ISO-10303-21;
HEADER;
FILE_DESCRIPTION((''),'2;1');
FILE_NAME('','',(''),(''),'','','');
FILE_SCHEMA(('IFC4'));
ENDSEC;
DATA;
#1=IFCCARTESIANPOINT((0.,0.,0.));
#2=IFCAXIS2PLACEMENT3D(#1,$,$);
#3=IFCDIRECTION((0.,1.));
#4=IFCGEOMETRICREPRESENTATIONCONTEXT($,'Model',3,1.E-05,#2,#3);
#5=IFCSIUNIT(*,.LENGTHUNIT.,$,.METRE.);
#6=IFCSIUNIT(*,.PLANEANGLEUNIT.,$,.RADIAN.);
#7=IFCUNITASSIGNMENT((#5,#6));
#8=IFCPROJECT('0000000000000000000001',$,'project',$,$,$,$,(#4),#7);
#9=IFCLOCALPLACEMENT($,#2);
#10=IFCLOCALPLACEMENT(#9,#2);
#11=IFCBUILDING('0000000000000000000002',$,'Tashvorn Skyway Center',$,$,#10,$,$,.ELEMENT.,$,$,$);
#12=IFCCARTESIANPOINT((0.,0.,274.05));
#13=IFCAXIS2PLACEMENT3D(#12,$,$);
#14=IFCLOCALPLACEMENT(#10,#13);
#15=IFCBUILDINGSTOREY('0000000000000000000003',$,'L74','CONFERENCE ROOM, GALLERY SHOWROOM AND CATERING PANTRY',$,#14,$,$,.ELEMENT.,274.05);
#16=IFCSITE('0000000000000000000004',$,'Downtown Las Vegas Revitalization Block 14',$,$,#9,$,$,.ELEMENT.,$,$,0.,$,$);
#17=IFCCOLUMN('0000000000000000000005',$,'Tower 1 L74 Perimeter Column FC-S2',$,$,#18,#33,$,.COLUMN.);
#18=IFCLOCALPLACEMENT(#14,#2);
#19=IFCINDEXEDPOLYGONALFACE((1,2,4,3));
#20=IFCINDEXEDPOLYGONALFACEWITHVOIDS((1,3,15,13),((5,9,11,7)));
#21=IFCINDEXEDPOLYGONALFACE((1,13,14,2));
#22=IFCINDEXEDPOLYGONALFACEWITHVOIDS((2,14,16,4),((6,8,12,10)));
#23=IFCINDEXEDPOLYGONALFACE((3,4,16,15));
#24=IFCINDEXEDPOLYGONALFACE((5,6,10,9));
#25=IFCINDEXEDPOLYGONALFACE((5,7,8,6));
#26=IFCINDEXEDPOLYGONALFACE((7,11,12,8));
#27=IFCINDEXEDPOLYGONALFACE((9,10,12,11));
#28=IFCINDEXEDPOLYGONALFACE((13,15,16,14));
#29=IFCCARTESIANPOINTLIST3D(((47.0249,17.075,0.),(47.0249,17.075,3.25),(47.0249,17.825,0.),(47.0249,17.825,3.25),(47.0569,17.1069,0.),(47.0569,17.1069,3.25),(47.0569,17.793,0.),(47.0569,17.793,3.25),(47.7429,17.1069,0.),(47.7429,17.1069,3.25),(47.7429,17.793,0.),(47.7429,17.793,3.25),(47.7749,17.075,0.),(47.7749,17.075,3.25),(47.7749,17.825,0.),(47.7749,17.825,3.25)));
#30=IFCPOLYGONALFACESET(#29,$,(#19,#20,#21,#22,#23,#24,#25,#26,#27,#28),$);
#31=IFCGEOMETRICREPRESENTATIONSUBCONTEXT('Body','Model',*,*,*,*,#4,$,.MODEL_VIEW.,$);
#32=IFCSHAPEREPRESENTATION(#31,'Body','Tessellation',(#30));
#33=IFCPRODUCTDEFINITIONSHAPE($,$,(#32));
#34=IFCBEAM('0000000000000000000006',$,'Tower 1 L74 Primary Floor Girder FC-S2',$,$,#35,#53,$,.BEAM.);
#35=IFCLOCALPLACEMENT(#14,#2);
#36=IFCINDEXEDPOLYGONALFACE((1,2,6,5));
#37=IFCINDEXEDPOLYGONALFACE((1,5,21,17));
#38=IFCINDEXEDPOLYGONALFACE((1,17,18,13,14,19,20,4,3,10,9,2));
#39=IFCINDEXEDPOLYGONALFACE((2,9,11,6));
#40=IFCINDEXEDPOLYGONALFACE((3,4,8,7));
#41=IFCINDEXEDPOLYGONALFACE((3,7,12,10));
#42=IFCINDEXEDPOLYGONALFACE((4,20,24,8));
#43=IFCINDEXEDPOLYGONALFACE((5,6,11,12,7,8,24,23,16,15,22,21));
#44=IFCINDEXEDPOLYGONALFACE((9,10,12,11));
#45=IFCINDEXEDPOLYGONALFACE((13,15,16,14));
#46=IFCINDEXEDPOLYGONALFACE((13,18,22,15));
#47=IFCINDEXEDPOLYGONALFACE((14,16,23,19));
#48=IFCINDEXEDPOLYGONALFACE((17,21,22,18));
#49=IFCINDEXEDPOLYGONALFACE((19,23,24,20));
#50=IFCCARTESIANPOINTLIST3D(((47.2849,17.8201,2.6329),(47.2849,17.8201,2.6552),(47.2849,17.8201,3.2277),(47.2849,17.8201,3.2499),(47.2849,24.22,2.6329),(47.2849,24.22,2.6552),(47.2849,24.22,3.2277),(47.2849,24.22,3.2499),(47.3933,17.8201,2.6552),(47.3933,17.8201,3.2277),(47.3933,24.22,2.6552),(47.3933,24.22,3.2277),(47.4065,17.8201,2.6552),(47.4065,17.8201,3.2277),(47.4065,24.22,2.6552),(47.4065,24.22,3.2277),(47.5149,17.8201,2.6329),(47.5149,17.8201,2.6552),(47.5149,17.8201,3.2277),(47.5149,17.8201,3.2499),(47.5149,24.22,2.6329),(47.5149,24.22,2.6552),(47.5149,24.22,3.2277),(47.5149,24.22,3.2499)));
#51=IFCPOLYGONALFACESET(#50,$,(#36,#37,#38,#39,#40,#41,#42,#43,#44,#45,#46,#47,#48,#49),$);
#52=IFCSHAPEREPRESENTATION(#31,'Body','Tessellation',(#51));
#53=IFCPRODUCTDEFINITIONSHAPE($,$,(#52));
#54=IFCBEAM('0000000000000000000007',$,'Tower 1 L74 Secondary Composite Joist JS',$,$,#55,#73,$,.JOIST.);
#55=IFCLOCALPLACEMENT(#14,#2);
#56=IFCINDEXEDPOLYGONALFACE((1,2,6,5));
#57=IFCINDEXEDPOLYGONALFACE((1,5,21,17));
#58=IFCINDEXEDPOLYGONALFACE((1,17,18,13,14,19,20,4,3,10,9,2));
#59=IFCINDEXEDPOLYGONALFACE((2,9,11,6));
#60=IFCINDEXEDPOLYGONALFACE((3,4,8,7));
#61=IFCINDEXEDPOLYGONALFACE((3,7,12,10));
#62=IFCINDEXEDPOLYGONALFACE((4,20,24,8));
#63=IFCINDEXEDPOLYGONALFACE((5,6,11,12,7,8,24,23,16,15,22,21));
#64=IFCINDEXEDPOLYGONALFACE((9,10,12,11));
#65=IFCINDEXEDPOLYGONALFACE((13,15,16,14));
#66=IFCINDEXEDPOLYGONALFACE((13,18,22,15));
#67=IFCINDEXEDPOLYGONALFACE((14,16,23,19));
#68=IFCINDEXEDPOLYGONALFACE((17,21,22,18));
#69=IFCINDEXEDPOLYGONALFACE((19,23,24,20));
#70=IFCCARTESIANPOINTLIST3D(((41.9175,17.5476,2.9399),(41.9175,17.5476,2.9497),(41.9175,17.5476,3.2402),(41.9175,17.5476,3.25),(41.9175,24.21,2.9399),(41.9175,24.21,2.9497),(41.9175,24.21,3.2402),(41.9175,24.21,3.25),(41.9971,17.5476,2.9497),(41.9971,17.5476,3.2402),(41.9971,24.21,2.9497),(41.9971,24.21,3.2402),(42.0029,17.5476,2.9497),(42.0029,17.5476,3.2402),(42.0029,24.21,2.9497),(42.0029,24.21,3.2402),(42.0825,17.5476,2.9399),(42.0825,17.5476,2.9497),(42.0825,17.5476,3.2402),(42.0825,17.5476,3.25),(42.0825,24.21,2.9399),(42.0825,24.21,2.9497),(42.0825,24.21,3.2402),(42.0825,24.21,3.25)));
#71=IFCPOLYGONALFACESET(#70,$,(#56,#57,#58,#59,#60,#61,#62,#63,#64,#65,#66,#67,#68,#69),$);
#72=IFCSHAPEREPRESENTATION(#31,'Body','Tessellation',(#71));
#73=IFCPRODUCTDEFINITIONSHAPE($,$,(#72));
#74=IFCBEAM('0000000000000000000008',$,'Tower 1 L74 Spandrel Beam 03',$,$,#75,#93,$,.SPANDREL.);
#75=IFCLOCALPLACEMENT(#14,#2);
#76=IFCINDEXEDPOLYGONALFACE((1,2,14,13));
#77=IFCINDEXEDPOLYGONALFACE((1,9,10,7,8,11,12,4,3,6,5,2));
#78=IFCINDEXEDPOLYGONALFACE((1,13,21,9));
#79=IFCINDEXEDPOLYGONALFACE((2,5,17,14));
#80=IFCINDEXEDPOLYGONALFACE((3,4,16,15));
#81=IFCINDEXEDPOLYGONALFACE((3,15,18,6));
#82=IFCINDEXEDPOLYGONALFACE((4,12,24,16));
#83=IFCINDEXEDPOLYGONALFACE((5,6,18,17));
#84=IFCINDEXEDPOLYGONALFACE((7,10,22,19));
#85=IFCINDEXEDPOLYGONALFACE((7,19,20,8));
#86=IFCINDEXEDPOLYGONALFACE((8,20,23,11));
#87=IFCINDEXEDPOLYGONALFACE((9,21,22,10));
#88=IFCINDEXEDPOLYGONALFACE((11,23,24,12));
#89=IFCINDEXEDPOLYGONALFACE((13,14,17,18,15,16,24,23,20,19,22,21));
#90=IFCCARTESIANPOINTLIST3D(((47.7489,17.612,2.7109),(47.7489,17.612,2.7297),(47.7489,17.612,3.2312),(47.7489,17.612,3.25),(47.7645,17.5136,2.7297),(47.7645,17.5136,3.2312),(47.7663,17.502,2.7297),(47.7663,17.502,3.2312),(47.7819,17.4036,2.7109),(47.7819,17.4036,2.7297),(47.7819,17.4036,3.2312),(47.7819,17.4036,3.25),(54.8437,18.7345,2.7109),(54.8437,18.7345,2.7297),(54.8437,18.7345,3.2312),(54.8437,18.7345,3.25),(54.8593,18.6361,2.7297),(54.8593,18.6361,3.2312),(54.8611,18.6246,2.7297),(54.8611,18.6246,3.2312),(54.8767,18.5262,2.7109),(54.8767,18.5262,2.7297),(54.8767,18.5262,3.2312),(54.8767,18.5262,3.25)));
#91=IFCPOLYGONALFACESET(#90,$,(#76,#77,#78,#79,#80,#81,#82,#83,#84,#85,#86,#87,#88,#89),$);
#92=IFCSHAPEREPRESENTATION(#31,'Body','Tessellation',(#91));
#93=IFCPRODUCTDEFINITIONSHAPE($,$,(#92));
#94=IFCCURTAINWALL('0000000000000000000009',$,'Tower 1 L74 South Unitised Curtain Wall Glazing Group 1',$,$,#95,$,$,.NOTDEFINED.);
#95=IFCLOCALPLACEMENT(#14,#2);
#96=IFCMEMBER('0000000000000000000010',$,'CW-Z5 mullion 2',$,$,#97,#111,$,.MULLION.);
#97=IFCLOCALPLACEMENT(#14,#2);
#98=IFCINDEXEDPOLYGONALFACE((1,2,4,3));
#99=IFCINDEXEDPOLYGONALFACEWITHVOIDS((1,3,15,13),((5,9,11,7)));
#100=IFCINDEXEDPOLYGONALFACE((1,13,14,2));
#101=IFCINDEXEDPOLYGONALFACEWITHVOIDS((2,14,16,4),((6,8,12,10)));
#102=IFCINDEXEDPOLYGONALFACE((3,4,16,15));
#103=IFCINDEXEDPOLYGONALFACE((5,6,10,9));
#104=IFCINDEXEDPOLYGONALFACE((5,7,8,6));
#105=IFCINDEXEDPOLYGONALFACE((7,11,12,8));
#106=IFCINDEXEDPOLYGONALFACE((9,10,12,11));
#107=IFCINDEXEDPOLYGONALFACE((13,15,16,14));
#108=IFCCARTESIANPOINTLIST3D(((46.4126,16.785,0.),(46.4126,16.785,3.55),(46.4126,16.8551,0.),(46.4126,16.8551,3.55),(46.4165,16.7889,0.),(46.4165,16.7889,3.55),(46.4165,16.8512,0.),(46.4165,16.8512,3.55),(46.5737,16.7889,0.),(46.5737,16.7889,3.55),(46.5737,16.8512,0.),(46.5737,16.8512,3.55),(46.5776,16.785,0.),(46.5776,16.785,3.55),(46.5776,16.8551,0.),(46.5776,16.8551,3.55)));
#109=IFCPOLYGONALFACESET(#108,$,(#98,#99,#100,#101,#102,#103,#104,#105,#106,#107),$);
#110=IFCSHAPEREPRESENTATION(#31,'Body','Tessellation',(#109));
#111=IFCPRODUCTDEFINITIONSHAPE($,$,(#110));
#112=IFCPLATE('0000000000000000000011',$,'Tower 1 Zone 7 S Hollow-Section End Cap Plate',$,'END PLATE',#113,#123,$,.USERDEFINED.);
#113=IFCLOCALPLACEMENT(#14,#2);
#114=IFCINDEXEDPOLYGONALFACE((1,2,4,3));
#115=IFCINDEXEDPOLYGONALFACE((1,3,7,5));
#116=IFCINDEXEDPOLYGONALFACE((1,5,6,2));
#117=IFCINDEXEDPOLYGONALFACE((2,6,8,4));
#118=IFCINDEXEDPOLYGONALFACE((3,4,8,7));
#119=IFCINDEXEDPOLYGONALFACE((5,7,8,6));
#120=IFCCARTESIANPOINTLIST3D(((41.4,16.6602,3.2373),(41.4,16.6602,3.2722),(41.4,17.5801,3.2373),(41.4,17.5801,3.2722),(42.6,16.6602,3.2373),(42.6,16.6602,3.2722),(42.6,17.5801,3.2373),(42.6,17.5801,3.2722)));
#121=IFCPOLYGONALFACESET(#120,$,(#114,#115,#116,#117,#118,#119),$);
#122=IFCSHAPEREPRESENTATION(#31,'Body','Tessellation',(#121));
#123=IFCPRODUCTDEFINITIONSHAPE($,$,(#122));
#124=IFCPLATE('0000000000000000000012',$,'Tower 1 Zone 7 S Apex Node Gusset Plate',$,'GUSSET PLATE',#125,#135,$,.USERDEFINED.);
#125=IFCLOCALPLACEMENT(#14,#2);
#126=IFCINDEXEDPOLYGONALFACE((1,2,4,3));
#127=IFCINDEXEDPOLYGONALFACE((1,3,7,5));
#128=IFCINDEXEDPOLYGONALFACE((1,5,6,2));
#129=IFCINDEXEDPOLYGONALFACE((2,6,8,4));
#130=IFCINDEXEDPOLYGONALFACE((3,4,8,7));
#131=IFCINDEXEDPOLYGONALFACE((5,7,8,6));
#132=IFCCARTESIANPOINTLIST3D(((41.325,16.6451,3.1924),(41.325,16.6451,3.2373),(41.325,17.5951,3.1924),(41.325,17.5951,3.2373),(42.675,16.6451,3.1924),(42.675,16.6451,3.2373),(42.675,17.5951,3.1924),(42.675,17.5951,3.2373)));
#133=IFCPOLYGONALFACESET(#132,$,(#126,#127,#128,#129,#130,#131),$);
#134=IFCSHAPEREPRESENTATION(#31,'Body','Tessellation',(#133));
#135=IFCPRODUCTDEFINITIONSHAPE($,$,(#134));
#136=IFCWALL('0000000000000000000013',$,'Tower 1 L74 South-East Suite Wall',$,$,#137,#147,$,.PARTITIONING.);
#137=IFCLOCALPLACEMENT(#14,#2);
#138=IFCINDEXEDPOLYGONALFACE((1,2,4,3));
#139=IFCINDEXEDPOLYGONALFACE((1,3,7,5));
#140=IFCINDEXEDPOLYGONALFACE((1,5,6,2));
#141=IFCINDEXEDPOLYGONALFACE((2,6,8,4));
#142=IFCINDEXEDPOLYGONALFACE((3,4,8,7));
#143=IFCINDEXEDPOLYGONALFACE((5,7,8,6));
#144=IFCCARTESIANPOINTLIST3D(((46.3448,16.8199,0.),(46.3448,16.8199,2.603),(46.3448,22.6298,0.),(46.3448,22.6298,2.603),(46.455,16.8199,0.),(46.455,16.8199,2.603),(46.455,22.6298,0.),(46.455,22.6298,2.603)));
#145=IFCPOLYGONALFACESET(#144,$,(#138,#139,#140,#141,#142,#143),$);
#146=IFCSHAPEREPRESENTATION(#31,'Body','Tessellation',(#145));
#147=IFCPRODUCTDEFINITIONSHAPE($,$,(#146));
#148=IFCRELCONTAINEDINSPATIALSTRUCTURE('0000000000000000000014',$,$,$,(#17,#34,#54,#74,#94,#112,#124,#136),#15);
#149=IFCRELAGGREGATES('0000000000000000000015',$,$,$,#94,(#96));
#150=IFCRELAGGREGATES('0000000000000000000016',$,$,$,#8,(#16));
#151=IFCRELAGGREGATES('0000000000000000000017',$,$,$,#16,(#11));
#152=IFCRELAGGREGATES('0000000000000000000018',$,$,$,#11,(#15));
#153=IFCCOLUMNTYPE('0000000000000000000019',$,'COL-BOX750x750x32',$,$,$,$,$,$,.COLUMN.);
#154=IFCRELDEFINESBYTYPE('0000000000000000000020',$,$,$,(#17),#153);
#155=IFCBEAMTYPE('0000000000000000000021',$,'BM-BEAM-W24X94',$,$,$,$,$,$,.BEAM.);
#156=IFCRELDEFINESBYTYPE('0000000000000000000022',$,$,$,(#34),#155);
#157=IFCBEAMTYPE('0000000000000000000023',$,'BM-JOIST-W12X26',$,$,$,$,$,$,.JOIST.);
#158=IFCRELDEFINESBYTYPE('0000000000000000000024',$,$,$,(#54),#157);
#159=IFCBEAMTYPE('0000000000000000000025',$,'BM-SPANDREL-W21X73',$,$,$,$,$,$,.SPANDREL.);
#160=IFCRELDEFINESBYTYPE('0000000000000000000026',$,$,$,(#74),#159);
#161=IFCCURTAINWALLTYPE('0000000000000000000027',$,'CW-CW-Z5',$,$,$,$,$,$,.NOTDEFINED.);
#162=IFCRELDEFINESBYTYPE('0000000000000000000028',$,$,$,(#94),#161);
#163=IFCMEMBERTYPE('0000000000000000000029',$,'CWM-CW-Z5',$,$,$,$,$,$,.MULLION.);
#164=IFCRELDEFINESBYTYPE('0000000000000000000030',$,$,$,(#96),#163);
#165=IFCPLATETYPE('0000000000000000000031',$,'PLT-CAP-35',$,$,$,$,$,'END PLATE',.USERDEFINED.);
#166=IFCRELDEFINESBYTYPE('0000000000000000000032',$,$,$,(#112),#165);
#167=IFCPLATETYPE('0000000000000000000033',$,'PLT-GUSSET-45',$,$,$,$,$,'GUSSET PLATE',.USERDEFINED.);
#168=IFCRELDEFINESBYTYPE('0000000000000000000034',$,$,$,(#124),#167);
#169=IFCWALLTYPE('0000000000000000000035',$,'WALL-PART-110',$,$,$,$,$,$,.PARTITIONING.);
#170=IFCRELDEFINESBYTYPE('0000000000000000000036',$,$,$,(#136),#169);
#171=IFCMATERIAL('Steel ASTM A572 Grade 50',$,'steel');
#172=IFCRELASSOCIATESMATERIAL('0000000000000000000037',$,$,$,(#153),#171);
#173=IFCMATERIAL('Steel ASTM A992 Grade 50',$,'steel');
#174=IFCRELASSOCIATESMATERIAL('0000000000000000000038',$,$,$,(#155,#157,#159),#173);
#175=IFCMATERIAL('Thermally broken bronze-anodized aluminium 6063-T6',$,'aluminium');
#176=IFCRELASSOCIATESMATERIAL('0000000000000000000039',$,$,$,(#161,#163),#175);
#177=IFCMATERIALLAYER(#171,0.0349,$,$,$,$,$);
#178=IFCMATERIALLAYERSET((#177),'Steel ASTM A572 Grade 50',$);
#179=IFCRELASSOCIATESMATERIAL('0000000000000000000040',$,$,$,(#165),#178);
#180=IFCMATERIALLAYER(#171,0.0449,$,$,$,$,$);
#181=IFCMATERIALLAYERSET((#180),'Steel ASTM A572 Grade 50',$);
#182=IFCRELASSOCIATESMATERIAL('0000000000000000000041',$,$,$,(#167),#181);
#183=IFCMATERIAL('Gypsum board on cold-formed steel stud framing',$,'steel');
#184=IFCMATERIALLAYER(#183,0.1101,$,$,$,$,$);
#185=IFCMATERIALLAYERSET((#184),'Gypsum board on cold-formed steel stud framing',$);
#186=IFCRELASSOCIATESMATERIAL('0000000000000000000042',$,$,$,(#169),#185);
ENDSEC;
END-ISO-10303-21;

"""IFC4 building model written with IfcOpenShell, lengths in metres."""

from ifc_helpers import new_model, si_unit, direction, frame, frame_2d, origin, origin_2d, place, context, subcontext, project, spatial, rectangle, hollow_rectangle, i_section, extrude, material, layer, layer_set, material_profile, profile_set, type_object, element, aggregate, save


model = new_model("IFC4")

# Units and contexts
model_context = context("Model", 3, precision=1e-05, world=origin(), true_north=direction((0.0, 1.0)))
body_context = subcontext(model_context, "Body", "Model", "MODEL_VIEW")
ifc_project = project(units=[si_unit("LENGTHUNIT", "METRE"), si_unit("PLANEANGLEUNIT", "RADIAN")], contexts=[model_context])

# Site, building, storey
site_placement = place(None, origin())
site = spatial("IfcSite", under=ifc_project, at=site_placement, Name="Downtown Las Vegas Revitalization Block 14", CompositionType="ELEMENT", RefElevation=0.0)
building_placement = place(site_placement, origin())
building = spatial("IfcBuilding", under=site, at=building_placement, Name="Tashvorn Skyway Center", CompositionType="ELEMENT")
storey_placement = place(building_placement, frame((0.0, 0.0, 274.05)))
storey = spatial("IfcBuildingStorey", under=building, at=storey_placement, Name="L74", Description="CONFERENCE ROOM, GALLERY SHOWROOM AND CATERING PANTRY", CompositionType="ELEMENT", Elevation=274.05)

# Column
ifc_material_1 = material(Name="Steel ASTM A572 Grade 50", Category="steel")
ifc_material_profile_1 = material_profile(ifc_material_1, hollow_rectangle(XDim=0.75, YDim=0.75, WallThickness=0.032, at=origin_2d()), Name="BOX750x750x32")
ifc_profile_set_1 = profile_set([ifc_material_profile_1], Name="Steel ASTM A572 Grade 50")
column_type = type_object("IfcColumnType", Name="COL-BOX750x750x32", PredefinedType="COLUMN", material=ifc_profile_set_1)
column_placement = place(storey_placement, frame((47.3999, 17.45, 0.0), z_axis=(0.0, 0.0, 1.0), x_axis=(1.0, 0.0, 0.0)))
element("IfcColumn", 1, at=column_placement, inside=storey, type_object=column_type, Name="Tower 1 L74 Perimeter Column FC-S2", PredefinedType="COLUMN", context=body_context, shape_type="SweptSolid", body=[
    extrude(hollow_rectangle(XDim=0.75, YDim=0.75, WallThickness=0.032, at=origin_2d()), origin(), (0.0, 0.0, 1.0), 3.25),
])

# Beams
ifc_material_2 = material(Name="Steel ASTM A992 Grade 50", Category="steel")
ifc_material_profile_2 = material_profile(ifc_material_2, i_section(OverallWidth=0.23, OverallDepth=0.6169, WebThickness=0.0132, FlangeThickness=0.0222, at=origin_2d()), Name="W24X94")
ifc_profile_set_2 = profile_set([ifc_material_profile_2], Name="Steel ASTM A992 Grade 50")
beam_type_1 = type_object("IfcBeamType", Name="BM-BEAM-W24X94", PredefinedType="BEAM", material=ifc_profile_set_2)
beam_1_placement = place(storey_placement, frame((47.3999, 17.8201, 2.9414), z_axis=(0.0, 1.0, 0.0), x_axis=(-1.0, 0.0, 0.0)))
element("IfcBeam", 2, at=beam_1_placement, inside=storey, type_object=beam_type_1, Name="Tower 1 L74 Primary Floor Girder FC-S2", PredefinedType="BEAM", context=body_context, shape_type="SweptSolid", body=[
    extrude(i_section(OverallWidth=0.23, OverallDepth=0.6169, WebThickness=0.0132, FlangeThickness=0.0222, at=origin_2d()), origin(), (0.0, 0.0, 1.0), 6.3999),
])
ifc_material_profile_3 = material_profile(ifc_material_2, i_section(OverallWidth=0.165, OverallDepth=0.3101, WebThickness=0.0059, FlangeThickness=0.0098, at=origin_2d()), Name="W12X26")
ifc_profile_set_3 = profile_set([ifc_material_profile_3], Name="Steel ASTM A992 Grade 50")
beam_type_2 = type_object("IfcBeamType", Name="BM-JOIST-W12X26", PredefinedType="JOIST", material=ifc_profile_set_3)
beam_2_placement = place(storey_placement, frame((42.0, 24.21, 3.095), z_axis=(0.0, -1.0, 0.0), x_axis=(1.0, 0.0, 0.0)))
element("IfcBeam", 3, at=beam_2_placement, inside=storey, type_object=beam_type_2, Name="Tower 1 L74 Secondary Composite Joist JS", PredefinedType="JOIST", context=body_context, shape_type="SweptSolid", body=[
    extrude(i_section(OverallWidth=0.165, OverallDepth=0.3101, WebThickness=0.0059, FlangeThickness=0.0098, at=origin_2d()), origin(), (0.0, 0.0, 1.0), 6.6624),
])
ifc_material_profile_4 = material_profile(ifc_material_2, i_section(OverallWidth=0.2109, OverallDepth=0.5391, WebThickness=0.0117, FlangeThickness=0.0188, at=origin_2d()), Name="W21X73")
ifc_profile_set_4 = profile_set([ifc_material_profile_4], Name="Steel ASTM A992 Grade 50")
beam_type_3 = type_object("IfcBeamType", Name="BM-SPANDREL-W21X73", PredefinedType="SPANDREL", material=ifc_profile_set_4)
beam_3_placement = place(storey_placement, frame((47.7654, 17.5078, 2.9805), z_axis=(0.987714, 0.156275, 0.0), x_axis=(-0.156275, 0.987714, 0.0)))
element("IfcBeam", 4, at=beam_3_placement, inside=storey, type_object=beam_type_3, Name="Tower 1 L74 Spandrel Beam 03", PredefinedType="SPANDREL", context=body_context, shape_type="SweptSolid", body=[
    extrude(i_section(OverallWidth=0.2109, OverallDepth=0.5391, WebThickness=0.0117, FlangeThickness=0.0188, at=origin_2d()), origin(), (0.0, 0.0, 1.0), 7.1831),
])

# Curtain wall, member
ifc_material_3 = material(Name="Thermally broken bronze-anodized aluminium 6063-T6", Category="aluminium")
curtain_wall_type = type_object("IfcCurtainWallType", Name="CW-CW-Z5", PredefinedType="NOTDEFINED", material=ifc_material_3)
curtain_wall_placement = place(storey_placement, origin())
curtain_wall = element("IfcCurtainWall", 5, at=curtain_wall_placement, inside=storey, type_object=curtain_wall_type, Name="Tower 1 L74 South Unitised Curtain Wall Glazing Group 1", PredefinedType="NOTDEFINED")
ifc_material_profile_5 = material_profile(ifc_material_3, hollow_rectangle(XDim=0.0701, YDim=0.165, WallThickness=0.0039, at=origin_2d()), Name="ALU-MULL-70x165")
ifc_profile_set_5 = profile_set([ifc_material_profile_5], Name="Thermally broken bronze-anodized aluminium 6063-T6")
member_type = type_object("IfcMemberType", Name="CWM-CW-Z5", PredefinedType="MULLION", material=ifc_profile_set_5)
member_placement = place(storey_placement, frame((46.4951, 16.8201, 0.0), z_axis=(0.0, 0.0, 1.0), x_axis=(0.0, -1.0, 0.0)))
member = element("IfcMember", 6, at=member_placement, type_object=member_type, Name="CW-Z5 mullion 2", PredefinedType="MULLION", context=body_context, shape_type="SweptSolid", body=[
    extrude(hollow_rectangle(XDim=0.0701, YDim=0.165, WallThickness=0.0039, at=origin_2d()), origin(), (0.0, 0.0, 1.0), 3.55),
])
aggregate(curtain_wall, [member])

# Plates
ifc_layer_1 = layer(ifc_material_1, 0.0349)
ifc_layer_set_1 = layer_set([ifc_layer_1], Name="Steel ASTM A572 Grade 50")
plate_type_1 = type_object("IfcPlateType", Name="PLT-CAP-35", ElementType="END PLATE", PredefinedType="USERDEFINED", material=ifc_layer_set_1)
plate_1_placement = place(storey_placement, frame((42.0, 17.1201, 3.2373), z_axis=(0.0, 0.0, 1.0), x_axis=(1.0, 0.0, 0.0)))
element("IfcPlate", 7, at=plate_1_placement, inside=storey, type_object=plate_type_1, Name="Tower 1 Zone 7 S Hollow-Section End Cap Plate", ObjectType="END PLATE", PredefinedType="USERDEFINED", context=body_context, shape_type="SweptSolid", body=[
    extrude(rectangle(XDim=1.2, YDim=0.9199, at=origin_2d()), origin(), (0.0, 0.0, 1.0), 0.0349),
])
ifc_layer_2 = layer(ifc_material_1, 0.0449)
ifc_layer_set_2 = layer_set([ifc_layer_2], Name="Steel ASTM A572 Grade 50")
plate_type_2 = type_object("IfcPlateType", Name="PLT-GUSSET-45", ElementType="GUSSET PLATE", PredefinedType="USERDEFINED", material=ifc_layer_set_2)
plate_2_placement = place(storey_placement, frame((42.0, 17.1201, 3.1924), z_axis=(0.0, 0.0, 1.0), x_axis=(1.0, 0.0, 0.0)))
element("IfcPlate", 8, at=plate_2_placement, inside=storey, type_object=plate_type_2, Name="Tower 1 Zone 7 S Apex Node Gusset Plate", ObjectType="GUSSET PLATE", PredefinedType="USERDEFINED", context=body_context, shape_type="SweptSolid", body=[
    extrude(rectangle(XDim=1.3501, YDim=0.95, at=origin_2d()), origin(), (0.0, 0.0, 1.0), 0.0449),
])

# Wall
ifc_material_4 = material(Name="Gypsum board on cold-formed steel stud framing", Category="steel")
ifc_layer_3 = layer(ifc_material_4, 0.1101)
ifc_layer_set_3 = layer_set([ifc_layer_3], Name="Gypsum board on cold-formed steel stud framing")
wall_type_1 = type_object("IfcWallType", Name="WALL-PART-110", PredefinedType="PARTITIONING", material=ifc_layer_set_3)
wall_1_placement = place(storey_placement, frame((46.3999, 16.8201, 0.0), z_axis=(0.0, 0.0, 1.0), x_axis=(0.0, 1.0, 0.0)))
element("IfcWall", 9, at=wall_1_placement, inside=storey, type_object=wall_type_1, Name="Tower 1 L74 South-East Suite Wall", PredefinedType="PARTITIONING", context=body_context, shape_type="SweptSolid", body=[
    extrude(rectangle(XDim=5.8098, YDim=0.1101, at=frame_2d((2.9048, 0.0))), origin(), (0.0, 0.0, 1.0), 2.603),
])

save(model, "model.ifc")
